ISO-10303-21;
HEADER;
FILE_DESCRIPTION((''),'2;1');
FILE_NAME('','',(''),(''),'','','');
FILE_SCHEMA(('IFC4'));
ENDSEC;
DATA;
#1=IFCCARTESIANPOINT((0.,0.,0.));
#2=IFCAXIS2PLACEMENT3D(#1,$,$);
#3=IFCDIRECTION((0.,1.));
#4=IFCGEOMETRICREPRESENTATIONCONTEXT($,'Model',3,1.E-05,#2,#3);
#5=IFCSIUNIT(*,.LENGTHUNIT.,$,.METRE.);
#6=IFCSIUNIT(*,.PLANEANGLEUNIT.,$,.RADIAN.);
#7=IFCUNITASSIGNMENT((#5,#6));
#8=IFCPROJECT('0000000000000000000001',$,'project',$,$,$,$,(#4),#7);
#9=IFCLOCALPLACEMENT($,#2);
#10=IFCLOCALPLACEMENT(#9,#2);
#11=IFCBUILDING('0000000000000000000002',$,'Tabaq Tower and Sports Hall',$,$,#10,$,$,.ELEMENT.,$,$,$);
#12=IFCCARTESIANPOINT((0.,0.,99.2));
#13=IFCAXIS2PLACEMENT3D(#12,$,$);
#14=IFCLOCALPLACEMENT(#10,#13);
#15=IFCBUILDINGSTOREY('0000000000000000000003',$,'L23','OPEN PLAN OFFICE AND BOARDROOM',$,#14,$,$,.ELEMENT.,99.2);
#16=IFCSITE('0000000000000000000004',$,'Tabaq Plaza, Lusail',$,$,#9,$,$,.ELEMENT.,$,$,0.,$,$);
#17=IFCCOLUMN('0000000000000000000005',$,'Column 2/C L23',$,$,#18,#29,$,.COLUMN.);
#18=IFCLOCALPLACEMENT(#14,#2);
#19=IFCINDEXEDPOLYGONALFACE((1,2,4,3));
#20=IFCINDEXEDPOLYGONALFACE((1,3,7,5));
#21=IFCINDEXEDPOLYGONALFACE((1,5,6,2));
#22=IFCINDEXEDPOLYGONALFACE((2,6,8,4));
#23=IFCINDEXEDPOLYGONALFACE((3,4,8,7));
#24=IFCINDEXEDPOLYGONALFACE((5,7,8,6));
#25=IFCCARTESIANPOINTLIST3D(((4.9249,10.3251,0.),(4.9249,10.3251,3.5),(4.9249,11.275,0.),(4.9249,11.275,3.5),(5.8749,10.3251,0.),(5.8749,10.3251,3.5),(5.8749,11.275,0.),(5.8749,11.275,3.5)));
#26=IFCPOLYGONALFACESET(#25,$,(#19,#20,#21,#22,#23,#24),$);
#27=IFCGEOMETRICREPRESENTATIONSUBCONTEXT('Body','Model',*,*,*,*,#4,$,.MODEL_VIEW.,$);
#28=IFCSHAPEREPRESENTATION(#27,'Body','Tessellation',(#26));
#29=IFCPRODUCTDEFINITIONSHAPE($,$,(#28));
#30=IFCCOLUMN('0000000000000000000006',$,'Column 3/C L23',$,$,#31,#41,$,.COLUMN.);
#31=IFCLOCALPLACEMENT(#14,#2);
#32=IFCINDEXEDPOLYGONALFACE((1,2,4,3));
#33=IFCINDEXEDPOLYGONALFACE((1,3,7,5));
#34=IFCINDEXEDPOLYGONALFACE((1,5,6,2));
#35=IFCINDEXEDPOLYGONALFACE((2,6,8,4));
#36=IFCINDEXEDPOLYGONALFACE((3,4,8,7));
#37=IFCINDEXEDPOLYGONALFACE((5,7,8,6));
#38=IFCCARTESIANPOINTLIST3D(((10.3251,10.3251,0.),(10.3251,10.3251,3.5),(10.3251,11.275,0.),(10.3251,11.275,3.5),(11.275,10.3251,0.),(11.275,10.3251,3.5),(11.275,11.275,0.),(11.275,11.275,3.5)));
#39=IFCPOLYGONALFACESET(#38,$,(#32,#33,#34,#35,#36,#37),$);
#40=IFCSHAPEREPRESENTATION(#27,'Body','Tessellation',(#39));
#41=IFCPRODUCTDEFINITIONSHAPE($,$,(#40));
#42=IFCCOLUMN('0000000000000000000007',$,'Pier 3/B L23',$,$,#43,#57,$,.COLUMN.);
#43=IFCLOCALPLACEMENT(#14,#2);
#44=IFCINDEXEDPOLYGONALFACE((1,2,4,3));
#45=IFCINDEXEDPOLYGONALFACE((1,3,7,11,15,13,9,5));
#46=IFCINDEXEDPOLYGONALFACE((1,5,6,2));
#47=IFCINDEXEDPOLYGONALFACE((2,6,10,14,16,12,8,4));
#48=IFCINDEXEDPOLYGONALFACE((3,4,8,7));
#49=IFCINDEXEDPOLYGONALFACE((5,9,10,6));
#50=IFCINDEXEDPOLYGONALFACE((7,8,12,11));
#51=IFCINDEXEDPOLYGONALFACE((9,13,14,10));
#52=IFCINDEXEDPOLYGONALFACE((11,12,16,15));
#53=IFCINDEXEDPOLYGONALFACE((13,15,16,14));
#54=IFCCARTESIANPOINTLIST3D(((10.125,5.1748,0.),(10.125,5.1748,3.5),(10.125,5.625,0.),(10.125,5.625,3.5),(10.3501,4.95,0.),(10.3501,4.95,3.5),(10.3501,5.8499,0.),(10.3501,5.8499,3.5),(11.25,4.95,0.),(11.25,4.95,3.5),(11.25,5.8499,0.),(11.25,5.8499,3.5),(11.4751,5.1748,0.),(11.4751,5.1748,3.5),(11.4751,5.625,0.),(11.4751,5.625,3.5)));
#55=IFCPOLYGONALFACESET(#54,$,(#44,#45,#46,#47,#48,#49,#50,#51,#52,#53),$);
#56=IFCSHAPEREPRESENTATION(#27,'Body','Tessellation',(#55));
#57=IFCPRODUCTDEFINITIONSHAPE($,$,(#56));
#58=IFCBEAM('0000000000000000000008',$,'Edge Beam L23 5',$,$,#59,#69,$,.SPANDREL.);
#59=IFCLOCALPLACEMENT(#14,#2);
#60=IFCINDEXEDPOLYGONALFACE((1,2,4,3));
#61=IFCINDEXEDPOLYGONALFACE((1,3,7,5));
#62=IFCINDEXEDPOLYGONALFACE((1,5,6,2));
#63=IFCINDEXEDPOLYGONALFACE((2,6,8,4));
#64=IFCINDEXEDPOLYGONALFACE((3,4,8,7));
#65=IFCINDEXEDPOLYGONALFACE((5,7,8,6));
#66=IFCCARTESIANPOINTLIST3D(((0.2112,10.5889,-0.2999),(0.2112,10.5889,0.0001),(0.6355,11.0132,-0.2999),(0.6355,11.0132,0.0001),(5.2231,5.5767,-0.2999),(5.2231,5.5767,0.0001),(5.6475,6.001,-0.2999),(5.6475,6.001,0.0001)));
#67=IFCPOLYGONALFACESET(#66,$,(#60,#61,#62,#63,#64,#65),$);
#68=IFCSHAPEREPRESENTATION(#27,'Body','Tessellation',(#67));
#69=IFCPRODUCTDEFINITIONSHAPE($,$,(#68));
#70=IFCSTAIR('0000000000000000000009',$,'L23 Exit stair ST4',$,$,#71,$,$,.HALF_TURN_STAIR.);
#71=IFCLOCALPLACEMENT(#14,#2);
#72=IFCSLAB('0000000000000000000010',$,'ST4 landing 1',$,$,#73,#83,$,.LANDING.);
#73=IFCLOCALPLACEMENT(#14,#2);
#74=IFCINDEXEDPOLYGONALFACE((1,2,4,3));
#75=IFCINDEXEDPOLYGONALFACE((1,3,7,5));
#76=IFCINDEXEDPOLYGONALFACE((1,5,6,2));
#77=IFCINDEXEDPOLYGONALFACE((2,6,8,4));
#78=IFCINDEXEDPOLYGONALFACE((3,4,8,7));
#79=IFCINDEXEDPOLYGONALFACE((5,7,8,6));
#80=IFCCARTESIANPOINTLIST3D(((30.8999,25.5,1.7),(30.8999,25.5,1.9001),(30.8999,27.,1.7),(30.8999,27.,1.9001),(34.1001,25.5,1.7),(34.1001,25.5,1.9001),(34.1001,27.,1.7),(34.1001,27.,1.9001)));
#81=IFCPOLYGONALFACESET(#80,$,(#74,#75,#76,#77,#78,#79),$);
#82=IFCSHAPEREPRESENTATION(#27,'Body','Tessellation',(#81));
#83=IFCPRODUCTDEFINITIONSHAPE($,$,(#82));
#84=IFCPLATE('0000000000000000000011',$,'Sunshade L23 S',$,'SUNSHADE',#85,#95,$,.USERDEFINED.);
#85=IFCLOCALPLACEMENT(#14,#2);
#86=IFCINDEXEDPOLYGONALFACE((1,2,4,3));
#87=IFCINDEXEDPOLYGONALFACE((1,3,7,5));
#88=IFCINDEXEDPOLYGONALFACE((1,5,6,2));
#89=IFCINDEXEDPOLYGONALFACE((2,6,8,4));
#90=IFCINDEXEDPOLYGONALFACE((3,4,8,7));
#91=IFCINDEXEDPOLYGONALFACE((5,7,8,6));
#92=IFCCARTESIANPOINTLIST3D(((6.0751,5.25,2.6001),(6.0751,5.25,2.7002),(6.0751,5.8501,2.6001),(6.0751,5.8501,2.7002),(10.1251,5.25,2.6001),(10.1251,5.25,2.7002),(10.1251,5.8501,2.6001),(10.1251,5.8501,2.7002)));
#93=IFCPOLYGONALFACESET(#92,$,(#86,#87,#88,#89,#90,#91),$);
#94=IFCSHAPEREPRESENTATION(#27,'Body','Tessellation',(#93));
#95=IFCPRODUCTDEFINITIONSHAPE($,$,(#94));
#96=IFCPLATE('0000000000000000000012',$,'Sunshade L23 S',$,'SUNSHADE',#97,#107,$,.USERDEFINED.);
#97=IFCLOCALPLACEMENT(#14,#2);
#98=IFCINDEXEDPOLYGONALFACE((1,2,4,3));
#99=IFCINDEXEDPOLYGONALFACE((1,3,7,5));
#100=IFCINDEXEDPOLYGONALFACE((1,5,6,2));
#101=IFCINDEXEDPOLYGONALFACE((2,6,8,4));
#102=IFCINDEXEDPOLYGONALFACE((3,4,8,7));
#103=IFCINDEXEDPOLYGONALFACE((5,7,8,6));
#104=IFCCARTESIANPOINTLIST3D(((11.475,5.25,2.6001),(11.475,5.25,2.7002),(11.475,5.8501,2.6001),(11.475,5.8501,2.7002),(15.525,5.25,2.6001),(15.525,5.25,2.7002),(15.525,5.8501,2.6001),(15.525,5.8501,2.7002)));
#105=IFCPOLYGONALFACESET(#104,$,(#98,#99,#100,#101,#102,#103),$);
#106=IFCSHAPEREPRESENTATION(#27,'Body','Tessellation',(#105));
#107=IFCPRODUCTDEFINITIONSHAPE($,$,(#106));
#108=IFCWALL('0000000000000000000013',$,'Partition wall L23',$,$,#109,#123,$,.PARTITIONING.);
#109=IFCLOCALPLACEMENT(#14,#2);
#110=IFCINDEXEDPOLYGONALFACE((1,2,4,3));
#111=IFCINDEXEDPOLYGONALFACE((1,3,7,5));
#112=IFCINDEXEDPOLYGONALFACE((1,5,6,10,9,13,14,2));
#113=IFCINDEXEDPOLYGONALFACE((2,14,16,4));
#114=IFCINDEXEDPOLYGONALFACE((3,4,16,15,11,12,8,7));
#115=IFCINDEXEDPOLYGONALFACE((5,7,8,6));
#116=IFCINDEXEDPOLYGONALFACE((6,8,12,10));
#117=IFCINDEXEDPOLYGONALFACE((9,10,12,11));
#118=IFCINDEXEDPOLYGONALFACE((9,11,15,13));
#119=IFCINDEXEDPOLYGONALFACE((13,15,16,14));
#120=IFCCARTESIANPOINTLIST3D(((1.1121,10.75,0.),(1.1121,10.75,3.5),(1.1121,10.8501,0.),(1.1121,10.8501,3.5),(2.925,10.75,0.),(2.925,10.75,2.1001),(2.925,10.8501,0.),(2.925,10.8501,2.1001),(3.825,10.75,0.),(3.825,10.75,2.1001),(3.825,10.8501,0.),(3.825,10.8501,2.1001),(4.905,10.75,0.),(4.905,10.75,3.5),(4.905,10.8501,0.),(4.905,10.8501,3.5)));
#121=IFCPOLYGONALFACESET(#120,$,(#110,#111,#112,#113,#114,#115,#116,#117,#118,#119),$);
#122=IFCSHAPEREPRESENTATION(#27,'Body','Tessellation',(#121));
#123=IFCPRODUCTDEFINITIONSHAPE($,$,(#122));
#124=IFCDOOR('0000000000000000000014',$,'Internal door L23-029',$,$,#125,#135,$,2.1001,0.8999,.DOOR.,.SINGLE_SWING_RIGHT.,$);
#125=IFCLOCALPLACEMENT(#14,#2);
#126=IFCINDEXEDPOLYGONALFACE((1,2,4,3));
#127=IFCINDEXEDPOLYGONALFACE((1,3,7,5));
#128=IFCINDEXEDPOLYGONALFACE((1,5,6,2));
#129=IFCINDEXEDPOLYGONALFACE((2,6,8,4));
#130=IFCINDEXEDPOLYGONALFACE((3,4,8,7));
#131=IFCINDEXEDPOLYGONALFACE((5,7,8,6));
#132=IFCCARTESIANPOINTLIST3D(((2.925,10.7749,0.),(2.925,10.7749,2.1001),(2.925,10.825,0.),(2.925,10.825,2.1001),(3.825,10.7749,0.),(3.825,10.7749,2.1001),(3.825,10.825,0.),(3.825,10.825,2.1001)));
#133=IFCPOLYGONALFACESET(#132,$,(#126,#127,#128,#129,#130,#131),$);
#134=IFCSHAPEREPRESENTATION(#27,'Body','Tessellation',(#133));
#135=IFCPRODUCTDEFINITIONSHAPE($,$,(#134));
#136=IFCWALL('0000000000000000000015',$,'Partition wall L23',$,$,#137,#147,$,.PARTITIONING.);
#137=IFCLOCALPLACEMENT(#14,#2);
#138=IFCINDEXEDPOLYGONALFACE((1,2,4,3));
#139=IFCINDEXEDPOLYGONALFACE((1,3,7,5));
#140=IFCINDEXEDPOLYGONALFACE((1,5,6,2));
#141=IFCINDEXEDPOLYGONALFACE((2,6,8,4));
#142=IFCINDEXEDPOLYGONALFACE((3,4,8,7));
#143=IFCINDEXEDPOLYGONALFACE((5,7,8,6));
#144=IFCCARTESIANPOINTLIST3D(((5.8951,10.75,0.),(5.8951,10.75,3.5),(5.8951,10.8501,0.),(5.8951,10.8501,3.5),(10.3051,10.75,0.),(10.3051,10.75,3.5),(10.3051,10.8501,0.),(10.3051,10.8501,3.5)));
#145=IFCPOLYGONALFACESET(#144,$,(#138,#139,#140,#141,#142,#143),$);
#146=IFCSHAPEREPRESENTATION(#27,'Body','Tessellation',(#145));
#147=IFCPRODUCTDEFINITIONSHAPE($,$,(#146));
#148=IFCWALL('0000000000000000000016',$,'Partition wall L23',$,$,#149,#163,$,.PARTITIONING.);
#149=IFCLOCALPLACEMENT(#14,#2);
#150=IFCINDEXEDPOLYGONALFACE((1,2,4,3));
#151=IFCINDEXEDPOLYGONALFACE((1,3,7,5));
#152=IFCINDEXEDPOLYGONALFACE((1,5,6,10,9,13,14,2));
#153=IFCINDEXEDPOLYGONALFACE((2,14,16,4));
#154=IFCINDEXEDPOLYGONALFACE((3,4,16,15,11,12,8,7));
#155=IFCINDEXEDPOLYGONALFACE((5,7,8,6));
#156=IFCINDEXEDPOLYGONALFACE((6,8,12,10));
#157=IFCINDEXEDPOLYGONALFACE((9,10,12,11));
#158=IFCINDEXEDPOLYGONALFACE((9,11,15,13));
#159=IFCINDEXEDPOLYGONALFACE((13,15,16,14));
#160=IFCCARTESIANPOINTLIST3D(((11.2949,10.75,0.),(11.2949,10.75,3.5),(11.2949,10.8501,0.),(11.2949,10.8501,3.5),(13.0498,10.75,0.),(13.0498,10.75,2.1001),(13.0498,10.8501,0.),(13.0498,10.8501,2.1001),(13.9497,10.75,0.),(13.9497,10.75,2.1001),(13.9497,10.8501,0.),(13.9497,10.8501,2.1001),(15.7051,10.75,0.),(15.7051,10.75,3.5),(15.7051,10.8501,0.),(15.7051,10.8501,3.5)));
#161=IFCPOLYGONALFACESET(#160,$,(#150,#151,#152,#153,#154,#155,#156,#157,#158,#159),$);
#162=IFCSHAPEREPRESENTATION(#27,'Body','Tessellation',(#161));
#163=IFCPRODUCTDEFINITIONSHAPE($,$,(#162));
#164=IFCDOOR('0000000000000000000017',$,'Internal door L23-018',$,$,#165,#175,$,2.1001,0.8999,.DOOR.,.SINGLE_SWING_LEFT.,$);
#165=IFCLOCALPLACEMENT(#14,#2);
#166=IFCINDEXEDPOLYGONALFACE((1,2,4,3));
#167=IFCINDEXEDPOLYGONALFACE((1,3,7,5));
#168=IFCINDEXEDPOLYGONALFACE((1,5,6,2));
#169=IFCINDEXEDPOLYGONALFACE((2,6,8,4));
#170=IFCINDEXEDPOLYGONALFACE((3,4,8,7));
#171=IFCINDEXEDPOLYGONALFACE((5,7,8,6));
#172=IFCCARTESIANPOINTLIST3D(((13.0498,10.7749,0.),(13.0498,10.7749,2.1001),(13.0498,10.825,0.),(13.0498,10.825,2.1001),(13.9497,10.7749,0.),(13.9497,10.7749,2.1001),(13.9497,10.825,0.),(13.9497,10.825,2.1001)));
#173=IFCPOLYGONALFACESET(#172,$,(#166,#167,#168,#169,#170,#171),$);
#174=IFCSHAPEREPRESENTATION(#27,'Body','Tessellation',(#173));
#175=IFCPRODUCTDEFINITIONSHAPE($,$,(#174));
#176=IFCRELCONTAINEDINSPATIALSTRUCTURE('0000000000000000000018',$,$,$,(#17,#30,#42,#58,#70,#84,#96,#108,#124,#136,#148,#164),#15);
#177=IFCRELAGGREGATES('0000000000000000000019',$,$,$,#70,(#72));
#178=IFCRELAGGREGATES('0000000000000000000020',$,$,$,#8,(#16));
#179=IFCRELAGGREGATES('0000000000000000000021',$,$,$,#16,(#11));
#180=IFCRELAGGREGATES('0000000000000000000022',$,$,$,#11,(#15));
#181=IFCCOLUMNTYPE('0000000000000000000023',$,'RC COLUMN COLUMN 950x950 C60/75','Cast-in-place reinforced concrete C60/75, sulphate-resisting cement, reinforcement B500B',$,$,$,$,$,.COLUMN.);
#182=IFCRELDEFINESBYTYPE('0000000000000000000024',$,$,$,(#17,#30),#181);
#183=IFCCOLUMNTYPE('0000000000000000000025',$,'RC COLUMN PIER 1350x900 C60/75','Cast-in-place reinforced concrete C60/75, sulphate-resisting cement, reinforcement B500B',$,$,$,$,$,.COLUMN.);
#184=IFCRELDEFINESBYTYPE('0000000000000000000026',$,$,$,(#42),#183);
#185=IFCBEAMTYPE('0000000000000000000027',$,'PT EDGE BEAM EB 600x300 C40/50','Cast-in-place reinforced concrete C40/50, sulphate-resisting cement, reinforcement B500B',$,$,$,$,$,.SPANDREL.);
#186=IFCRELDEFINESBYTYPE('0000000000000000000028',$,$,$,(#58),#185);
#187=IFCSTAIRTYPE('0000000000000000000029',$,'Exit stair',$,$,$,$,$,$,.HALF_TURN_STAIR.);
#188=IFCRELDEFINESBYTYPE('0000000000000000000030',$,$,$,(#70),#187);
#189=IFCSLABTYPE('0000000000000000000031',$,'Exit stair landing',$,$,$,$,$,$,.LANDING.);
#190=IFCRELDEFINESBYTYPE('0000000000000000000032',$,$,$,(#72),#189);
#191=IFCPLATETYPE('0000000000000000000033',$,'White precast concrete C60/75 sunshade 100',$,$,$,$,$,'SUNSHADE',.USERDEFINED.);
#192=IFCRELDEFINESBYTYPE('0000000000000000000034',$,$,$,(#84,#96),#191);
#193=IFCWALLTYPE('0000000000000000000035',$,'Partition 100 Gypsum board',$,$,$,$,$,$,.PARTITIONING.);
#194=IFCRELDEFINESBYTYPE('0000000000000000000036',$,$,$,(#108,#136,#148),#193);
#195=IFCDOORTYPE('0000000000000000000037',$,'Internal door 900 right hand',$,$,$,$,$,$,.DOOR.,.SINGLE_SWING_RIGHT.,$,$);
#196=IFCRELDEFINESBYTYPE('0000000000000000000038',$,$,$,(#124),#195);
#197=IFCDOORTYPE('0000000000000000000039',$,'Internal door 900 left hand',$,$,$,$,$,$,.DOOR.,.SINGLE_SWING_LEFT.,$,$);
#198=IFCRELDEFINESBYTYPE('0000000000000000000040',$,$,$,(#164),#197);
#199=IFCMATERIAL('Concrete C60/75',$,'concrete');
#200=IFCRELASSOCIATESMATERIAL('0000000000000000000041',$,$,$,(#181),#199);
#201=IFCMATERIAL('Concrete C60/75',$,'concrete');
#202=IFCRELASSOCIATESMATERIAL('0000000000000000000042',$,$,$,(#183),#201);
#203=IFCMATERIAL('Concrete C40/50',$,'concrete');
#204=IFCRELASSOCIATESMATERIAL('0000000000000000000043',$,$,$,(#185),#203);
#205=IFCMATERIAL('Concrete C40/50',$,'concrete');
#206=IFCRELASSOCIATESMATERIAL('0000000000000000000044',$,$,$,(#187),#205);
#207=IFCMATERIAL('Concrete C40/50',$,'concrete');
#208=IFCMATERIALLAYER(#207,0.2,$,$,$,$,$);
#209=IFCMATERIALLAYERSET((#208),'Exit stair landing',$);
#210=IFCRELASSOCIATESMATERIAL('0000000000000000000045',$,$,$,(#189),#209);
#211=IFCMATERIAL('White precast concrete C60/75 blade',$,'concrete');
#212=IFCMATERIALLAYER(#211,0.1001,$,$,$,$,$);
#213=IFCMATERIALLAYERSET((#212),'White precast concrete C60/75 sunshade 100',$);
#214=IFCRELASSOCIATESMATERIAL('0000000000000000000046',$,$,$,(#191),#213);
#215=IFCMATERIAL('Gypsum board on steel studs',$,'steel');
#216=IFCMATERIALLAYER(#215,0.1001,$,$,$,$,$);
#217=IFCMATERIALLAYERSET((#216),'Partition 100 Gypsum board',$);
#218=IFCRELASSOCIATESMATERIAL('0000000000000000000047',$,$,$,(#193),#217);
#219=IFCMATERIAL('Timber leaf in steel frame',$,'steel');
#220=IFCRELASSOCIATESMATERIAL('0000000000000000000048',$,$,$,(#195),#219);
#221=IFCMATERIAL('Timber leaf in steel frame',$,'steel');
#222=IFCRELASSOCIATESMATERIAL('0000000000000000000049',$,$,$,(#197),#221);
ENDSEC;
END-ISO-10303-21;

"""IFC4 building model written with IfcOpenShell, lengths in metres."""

from ifc_helpers import new_model, si_unit, direction, frame, frame_2d, origin, origin_2d, place, context, subcontext, project, spatial, polyline, rectangle, outline, extrude, material, layer, layer_set, material_profile, profile_set, type_object, element, fill, aggregate, save


model = new_model("IFC4")

# Units and contexts
model_context = context("Model", 3, precision=1e-05, world=origin(), true_north=direction((0.0, 1.0)))
body_context = subcontext(model_context, "Body", "Model", "MODEL_VIEW")
ifc_project = project(units=[si_unit("LENGTHUNIT", "METRE"), si_unit("PLANEANGLEUNIT", "RADIAN")], contexts=[model_context])

# Site, building, storey
site_placement = place(None, origin())
site = spatial("IfcSite", under=ifc_project, at=site_placement, Name="Tabaq Plaza, Lusail", CompositionType="ELEMENT", RefElevation=0.0)
building_placement = place(site_placement, origin())
building = spatial("IfcBuilding", under=site, at=building_placement, Name="Tabaq Tower and Sports Hall", CompositionType="ELEMENT")
storey_placement = place(building_placement, frame((0.0, 0.0, 99.2)))
storey = spatial("IfcBuildingStorey", under=building, at=storey_placement, Name="L23", Description="OPEN PLAN OFFICE AND BOARDROOM", CompositionType="ELEMENT", Elevation=99.2)

# Columns
ifc_material_1 = material(Name="Concrete C60/75", Category="concrete")
ifc_material_profile_1 = material_profile(ifc_material_1, rectangle(XDim=0.95, YDim=0.95, at=origin_2d()), Name="COLUMN 950x950")
ifc_profile_set_1 = profile_set([ifc_material_profile_1], Name="Concrete C60/75")
column_type_1 = type_object("IfcColumnType", Name="RC COLUMN COLUMN 950x950 C60/75", Description="Cast-in-place reinforced concrete C60/75, sulphate-resisting cement, reinforcement B500B", PredefinedType="COLUMN", material=ifc_profile_set_1)
for number, where, z_axis, x_axis, name in (
    (1, (5.3999, 10.8, 0.0), (0.0, 0.0, 1.0), (1.0, 0.0, 0.0), "Column 2/C L23"),
    (2, (10.8, 10.8, 0.0), (0.0, 0.0, 1.0), (1.0, 0.0, 0.0), "Column 3/C L23"),
):
    element("IfcColumn", number, at=place(storey_placement, frame(where, z_axis=z_axis, x_axis=x_axis)), inside=storey, type_object=column_type_1, Name=name, PredefinedType="COLUMN", context=body_context, shape_type="SweptSolid", body=[
        extrude(rectangle(XDim=0.95, YDim=0.95, at=origin_2d()), origin(), (0.0, 0.0, 1.0), 3.5),
    ])
ifc_material_2 = material(Name="Concrete C60/75", Category="concrete")
ifc_material_profile_2 = material_profile(ifc_material_2, outline(polyline([(-0.45, -0.45), (0.45, -0.45), (0.675, -0.2251), (0.675, 0.2251), (0.45, 0.45), (-0.45, 0.45), (-0.675, 0.2251), (-0.675, -0.2251), (-0.45, -0.45)])), Name="PIER 1350x900")
ifc_profile_set_2 = profile_set([ifc_material_profile_2], Name="Concrete C60/75")
column_type_2 = type_object("IfcColumnType", Name="RC COLUMN PIER 1350x900 C60/75", Description="Cast-in-place reinforced concrete C60/75, sulphate-resisting cement, reinforcement B500B", PredefinedType="COLUMN", material=ifc_profile_set_2)
column_placement = place(storey_placement, frame((10.8, 5.3999, 0.0), z_axis=(0.0, 0.0, 1.0), x_axis=(1.0, 0.0, 0.0)))
element("IfcColumn", 3, at=column_placement, inside=storey, type_object=column_type_2, Name="Pier 3/B L23", PredefinedType="COLUMN", context=body_context, shape_type="SweptSolid", body=[
    extrude(outline(polyline([(-0.45, -0.45), (0.45, -0.45), (0.675, -0.2251), (0.675, 0.2251), (0.45, 0.45), (-0.45, 0.45), (-0.675, 0.2251), (-0.675, -0.2251), (-0.45, -0.45)])), origin(), (0.0, 0.0, 1.0), 3.5),
])

# Beam
ifc_material_3 = material(Name="Concrete C40/50", Category="concrete")
ifc_material_profile_3 = material_profile(ifc_material_3, rectangle(XDim=0.6001, YDim=0.3, at=origin_2d()), Name="EB 600x300")
ifc_profile_set_3 = profile_set([ifc_material_profile_3], Name="Concrete C40/50")
beam_type = type_object("IfcBeamType", Name="PT EDGE BEAM EB 600x300 C40/50", Description="Cast-in-place reinforced concrete C40/50, sulphate-resisting cement, reinforcement B500B", PredefinedType="SPANDREL", material=ifc_profile_set_3)
beam_placement = place(storey_placement, frame((0.4233, 10.801, -0.1499), z_axis=(0.70709, -0.707124, 0.0), x_axis=(0.707124, 0.70709, 0.0)))
element("IfcBeam", 4, at=beam_placement, inside=storey, type_object=beam_type, Name="Edge Beam L23 5", PredefinedType="SPANDREL", context=body_context, shape_type="SweptSolid", body=[
    extrude(rectangle(XDim=0.6001, YDim=0.3, at=origin_2d()), origin(), (0.0, 0.0, 1.0), 7.0881),
])

# Stair, slab
ifc_material_4 = material(Name="Concrete C40/50", Category="concrete")
stair_type = type_object("IfcStairType", Name="Exit stair", PredefinedType="HALF_TURN_STAIR", material=ifc_material_4)
stair_placement = place(storey_placement, origin())
stair = element("IfcStair", 5, at=stair_placement, inside=storey, type_object=stair_type, Name="L23 Exit stair ST4", PredefinedType="HALF_TURN_STAIR")
ifc_material_5 = material(Name="Concrete C40/50", Category="concrete")
ifc_layer_1 = layer(ifc_material_5, 0.2)
ifc_layer_set_1 = layer_set([ifc_layer_1], Name="Exit stair landing")
slab_type = type_object("IfcSlabType", Name="Exit stair landing", PredefinedType="LANDING", material=ifc_layer_set_1)
slab_placement = place(storey_placement, frame((0.0, 0.0, 1.7)))
slab = element("IfcSlab", 6, at=slab_placement, type_object=slab_type, Name="ST4 landing 1", PredefinedType="LANDING", context=body_context, shape_type="SweptSolid", body=[
    extrude(outline(polyline([(30.8999, 27.0), (30.8999, 25.5), (34.1001, 25.5), (34.1001, 27.0), (30.8999, 27.0)])), origin(), (0.0, 0.0, 1.0), 0.2002),
])
aggregate(stair, [slab])

# Plates
ifc_material_6 = material(Name="White precast concrete C60/75 blade", Category="concrete")
ifc_layer_2 = layer(ifc_material_6, 0.1001)
ifc_layer_set_2 = layer_set([ifc_layer_2], Name="White precast concrete C60/75 sunshade 100")
plate_type = type_object("IfcPlateType", Name="White precast concrete C60/75 sunshade 100", ElementType="SUNSHADE", PredefinedType="USERDEFINED", material=ifc_layer_set_2)
for number, where, z_axis, x_axis, name in (
    (7, (8.1001, 5.55, 2.6001), (0.0, 0.0, 1.0), (1.0, 0.0, 0.0), "Sunshade L23 S"),
    (8, (13.5, 5.55, 2.6001), (0.0, 0.0, 1.0), (1.0, 0.0, 0.0), "Sunshade L23 S"),
):
    element("IfcPlate", number, at=place(storey_placement, frame(where, z_axis=z_axis, x_axis=x_axis)), inside=storey, type_object=plate_type, Name=name, ObjectType="SUNSHADE", PredefinedType="USERDEFINED", context=body_context, shape_type="SweptSolid", body=[
        extrude(rectangle(XDim=4.05, YDim=0.6001, at=origin_2d()), origin(), (0.0, 0.0, 1.0), 0.1001),
    ])

# Wall, opening, door
ifc_material_7 = material(Name="Gypsum board on steel studs", Category="steel")
ifc_layer_3 = layer(ifc_material_7, 0.1001)
ifc_layer_set_3 = layer_set([ifc_layer_3], Name="Partition 100 Gypsum board")
wall_type_1 = type_object("IfcWallType", Name="Partition 100 Gypsum board", PredefinedType="PARTITIONING", material=ifc_layer_set_3)
wall_1_placement = place(storey_placement, frame((1.1121, 10.8, 0.0), z_axis=(0.0, 0.0, 1.0), x_axis=(1.0, 0.0, 0.0)))
wall_1 = element("IfcWall", 9, at=wall_1_placement, inside=storey, type_object=wall_type_1, Name="Partition wall L23", PredefinedType="PARTITIONING", context=body_context, shape_type="SweptSolid", body=[
    extrude(rectangle(XDim=3.793, YDim=0.1001, at=frame_2d((1.8965, 0.0))), origin(), (0.0, 0.0, 1.0), 3.5),
])
opening_1_placement = place(wall_1_placement, frame((1.813, 0.0, 0.0)))
opening_1 = element("IfcOpeningElement", 10, at=opening_1_placement, cuts=wall_1, PredefinedType="OPENING", context=body_context, shape_type="SweptSolid", body=[
    extrude(rectangle(XDim=0.8999, YDim=2.1001, at=frame_2d((0.45, 1.05))), frame((0.0, 0.05, 0.0), z_axis=(0.0, -1.0, 0.0), x_axis=(1.0, 0.0, 0.0)), (0.0, 0.0, 1.0), 0.1001),
])
ifc_material_8 = material(Name="Timber leaf in steel frame", Category="steel")
door_type_1 = type_object("IfcDoorType", Name="Internal door 900 right hand", OperationType="SINGLE_SWING_RIGHT", PredefinedType="DOOR", material=ifc_material_8)
door_1_placement = place(opening_1_placement, origin())
door_1 = element("IfcDoor", 11, at=door_1_placement, inside=storey, type_object=door_type_1, Name="Internal door L23-029", OperationType="SINGLE_SWING_RIGHT", OverallHeight=2.1001, OverallWidth=0.8999, PredefinedType="DOOR", context=body_context, shape_type="SweptSolid", body=[
    extrude(rectangle(XDim=0.8999, YDim=2.1001, at=frame_2d((0.45, 1.05))), frame((0.0, 0.0249, 0.0), z_axis=(0.0, -1.0, 0.0), x_axis=(1.0, 0.0, 0.0)), (0.0, 0.0, 1.0), 0.05),
])
fill(opening_1, door_1)

# Wall
wall_2_placement = place(storey_placement, frame((5.895, 10.8, 0.0), z_axis=(0.0, 0.0, 1.0), x_axis=(1.0, 0.0, 0.0)))
element("IfcWall", 12, at=wall_2_placement, inside=storey, type_object=wall_type_1, Name="Partition wall L23", PredefinedType="PARTITIONING", context=body_context, shape_type="SweptSolid", body=[
    extrude(rectangle(XDim=4.4099, YDim=0.1001, at=frame_2d((2.2051, 0.0))), origin(), (0.0, 0.0, 1.0), 3.5),
])

# Wall, opening, door
wall_3_placement = place(storey_placement, frame((11.2949, 10.8, 0.0), z_axis=(0.0, 0.0, 1.0), x_axis=(1.0, 0.0, 0.0)))
wall_3 = element("IfcWall", 13, at=wall_3_placement, inside=storey, type_object=wall_type_1, Name="Partition wall L23", PredefinedType="PARTITIONING", context=body_context, shape_type="SweptSolid", body=[
    extrude(rectangle(XDim=4.4102, YDim=0.1001, at=frame_2d((2.2051, 0.0))), origin(), (0.0, 0.0, 1.0), 3.5),
])
opening_2_placement = place(wall_3_placement, frame((1.7549, 0.0, 0.0)))
opening_2 = element("IfcOpeningElement", 14, at=opening_2_placement, cuts=wall_3, PredefinedType="OPENING", context=body_context, shape_type="SweptSolid", body=[
    extrude(rectangle(XDim=0.8999, YDim=2.1001, at=frame_2d((0.45, 1.05))), frame((0.0, 0.05, 0.0), z_axis=(0.0, -1.0, 0.0), x_axis=(1.0, 0.0, 0.0)), (0.0, 0.0, 1.0), 0.1001),
])
ifc_material_9 = material(Name="Timber leaf in steel frame", Category="steel")
door_type_2 = type_object("IfcDoorType", Name="Internal door 900 left hand", OperationType="SINGLE_SWING_LEFT", PredefinedType="DOOR", material=ifc_material_9)
door_2_placement = place(opening_2_placement, origin())
door_2 = element("IfcDoor", 15, at=door_2_placement, inside=storey, type_object=door_type_2, Name="Internal door L23-018", OperationType="SINGLE_SWING_LEFT", OverallHeight=2.1001, OverallWidth=0.8999, PredefinedType="DOOR", context=body_context, shape_type="SweptSolid", body=[
    extrude(rectangle(XDim=0.8999, YDim=2.1001, at=frame_2d((0.45, 1.05))), frame((0.0, 0.0249, 0.0), z_axis=(0.0, -1.0, 0.0), x_axis=(1.0, 0.0, 0.0)), (0.0, 0.0, 1.0), 0.05),
])
fill(opening_2, door_2)

save(model, "model.ifc")
